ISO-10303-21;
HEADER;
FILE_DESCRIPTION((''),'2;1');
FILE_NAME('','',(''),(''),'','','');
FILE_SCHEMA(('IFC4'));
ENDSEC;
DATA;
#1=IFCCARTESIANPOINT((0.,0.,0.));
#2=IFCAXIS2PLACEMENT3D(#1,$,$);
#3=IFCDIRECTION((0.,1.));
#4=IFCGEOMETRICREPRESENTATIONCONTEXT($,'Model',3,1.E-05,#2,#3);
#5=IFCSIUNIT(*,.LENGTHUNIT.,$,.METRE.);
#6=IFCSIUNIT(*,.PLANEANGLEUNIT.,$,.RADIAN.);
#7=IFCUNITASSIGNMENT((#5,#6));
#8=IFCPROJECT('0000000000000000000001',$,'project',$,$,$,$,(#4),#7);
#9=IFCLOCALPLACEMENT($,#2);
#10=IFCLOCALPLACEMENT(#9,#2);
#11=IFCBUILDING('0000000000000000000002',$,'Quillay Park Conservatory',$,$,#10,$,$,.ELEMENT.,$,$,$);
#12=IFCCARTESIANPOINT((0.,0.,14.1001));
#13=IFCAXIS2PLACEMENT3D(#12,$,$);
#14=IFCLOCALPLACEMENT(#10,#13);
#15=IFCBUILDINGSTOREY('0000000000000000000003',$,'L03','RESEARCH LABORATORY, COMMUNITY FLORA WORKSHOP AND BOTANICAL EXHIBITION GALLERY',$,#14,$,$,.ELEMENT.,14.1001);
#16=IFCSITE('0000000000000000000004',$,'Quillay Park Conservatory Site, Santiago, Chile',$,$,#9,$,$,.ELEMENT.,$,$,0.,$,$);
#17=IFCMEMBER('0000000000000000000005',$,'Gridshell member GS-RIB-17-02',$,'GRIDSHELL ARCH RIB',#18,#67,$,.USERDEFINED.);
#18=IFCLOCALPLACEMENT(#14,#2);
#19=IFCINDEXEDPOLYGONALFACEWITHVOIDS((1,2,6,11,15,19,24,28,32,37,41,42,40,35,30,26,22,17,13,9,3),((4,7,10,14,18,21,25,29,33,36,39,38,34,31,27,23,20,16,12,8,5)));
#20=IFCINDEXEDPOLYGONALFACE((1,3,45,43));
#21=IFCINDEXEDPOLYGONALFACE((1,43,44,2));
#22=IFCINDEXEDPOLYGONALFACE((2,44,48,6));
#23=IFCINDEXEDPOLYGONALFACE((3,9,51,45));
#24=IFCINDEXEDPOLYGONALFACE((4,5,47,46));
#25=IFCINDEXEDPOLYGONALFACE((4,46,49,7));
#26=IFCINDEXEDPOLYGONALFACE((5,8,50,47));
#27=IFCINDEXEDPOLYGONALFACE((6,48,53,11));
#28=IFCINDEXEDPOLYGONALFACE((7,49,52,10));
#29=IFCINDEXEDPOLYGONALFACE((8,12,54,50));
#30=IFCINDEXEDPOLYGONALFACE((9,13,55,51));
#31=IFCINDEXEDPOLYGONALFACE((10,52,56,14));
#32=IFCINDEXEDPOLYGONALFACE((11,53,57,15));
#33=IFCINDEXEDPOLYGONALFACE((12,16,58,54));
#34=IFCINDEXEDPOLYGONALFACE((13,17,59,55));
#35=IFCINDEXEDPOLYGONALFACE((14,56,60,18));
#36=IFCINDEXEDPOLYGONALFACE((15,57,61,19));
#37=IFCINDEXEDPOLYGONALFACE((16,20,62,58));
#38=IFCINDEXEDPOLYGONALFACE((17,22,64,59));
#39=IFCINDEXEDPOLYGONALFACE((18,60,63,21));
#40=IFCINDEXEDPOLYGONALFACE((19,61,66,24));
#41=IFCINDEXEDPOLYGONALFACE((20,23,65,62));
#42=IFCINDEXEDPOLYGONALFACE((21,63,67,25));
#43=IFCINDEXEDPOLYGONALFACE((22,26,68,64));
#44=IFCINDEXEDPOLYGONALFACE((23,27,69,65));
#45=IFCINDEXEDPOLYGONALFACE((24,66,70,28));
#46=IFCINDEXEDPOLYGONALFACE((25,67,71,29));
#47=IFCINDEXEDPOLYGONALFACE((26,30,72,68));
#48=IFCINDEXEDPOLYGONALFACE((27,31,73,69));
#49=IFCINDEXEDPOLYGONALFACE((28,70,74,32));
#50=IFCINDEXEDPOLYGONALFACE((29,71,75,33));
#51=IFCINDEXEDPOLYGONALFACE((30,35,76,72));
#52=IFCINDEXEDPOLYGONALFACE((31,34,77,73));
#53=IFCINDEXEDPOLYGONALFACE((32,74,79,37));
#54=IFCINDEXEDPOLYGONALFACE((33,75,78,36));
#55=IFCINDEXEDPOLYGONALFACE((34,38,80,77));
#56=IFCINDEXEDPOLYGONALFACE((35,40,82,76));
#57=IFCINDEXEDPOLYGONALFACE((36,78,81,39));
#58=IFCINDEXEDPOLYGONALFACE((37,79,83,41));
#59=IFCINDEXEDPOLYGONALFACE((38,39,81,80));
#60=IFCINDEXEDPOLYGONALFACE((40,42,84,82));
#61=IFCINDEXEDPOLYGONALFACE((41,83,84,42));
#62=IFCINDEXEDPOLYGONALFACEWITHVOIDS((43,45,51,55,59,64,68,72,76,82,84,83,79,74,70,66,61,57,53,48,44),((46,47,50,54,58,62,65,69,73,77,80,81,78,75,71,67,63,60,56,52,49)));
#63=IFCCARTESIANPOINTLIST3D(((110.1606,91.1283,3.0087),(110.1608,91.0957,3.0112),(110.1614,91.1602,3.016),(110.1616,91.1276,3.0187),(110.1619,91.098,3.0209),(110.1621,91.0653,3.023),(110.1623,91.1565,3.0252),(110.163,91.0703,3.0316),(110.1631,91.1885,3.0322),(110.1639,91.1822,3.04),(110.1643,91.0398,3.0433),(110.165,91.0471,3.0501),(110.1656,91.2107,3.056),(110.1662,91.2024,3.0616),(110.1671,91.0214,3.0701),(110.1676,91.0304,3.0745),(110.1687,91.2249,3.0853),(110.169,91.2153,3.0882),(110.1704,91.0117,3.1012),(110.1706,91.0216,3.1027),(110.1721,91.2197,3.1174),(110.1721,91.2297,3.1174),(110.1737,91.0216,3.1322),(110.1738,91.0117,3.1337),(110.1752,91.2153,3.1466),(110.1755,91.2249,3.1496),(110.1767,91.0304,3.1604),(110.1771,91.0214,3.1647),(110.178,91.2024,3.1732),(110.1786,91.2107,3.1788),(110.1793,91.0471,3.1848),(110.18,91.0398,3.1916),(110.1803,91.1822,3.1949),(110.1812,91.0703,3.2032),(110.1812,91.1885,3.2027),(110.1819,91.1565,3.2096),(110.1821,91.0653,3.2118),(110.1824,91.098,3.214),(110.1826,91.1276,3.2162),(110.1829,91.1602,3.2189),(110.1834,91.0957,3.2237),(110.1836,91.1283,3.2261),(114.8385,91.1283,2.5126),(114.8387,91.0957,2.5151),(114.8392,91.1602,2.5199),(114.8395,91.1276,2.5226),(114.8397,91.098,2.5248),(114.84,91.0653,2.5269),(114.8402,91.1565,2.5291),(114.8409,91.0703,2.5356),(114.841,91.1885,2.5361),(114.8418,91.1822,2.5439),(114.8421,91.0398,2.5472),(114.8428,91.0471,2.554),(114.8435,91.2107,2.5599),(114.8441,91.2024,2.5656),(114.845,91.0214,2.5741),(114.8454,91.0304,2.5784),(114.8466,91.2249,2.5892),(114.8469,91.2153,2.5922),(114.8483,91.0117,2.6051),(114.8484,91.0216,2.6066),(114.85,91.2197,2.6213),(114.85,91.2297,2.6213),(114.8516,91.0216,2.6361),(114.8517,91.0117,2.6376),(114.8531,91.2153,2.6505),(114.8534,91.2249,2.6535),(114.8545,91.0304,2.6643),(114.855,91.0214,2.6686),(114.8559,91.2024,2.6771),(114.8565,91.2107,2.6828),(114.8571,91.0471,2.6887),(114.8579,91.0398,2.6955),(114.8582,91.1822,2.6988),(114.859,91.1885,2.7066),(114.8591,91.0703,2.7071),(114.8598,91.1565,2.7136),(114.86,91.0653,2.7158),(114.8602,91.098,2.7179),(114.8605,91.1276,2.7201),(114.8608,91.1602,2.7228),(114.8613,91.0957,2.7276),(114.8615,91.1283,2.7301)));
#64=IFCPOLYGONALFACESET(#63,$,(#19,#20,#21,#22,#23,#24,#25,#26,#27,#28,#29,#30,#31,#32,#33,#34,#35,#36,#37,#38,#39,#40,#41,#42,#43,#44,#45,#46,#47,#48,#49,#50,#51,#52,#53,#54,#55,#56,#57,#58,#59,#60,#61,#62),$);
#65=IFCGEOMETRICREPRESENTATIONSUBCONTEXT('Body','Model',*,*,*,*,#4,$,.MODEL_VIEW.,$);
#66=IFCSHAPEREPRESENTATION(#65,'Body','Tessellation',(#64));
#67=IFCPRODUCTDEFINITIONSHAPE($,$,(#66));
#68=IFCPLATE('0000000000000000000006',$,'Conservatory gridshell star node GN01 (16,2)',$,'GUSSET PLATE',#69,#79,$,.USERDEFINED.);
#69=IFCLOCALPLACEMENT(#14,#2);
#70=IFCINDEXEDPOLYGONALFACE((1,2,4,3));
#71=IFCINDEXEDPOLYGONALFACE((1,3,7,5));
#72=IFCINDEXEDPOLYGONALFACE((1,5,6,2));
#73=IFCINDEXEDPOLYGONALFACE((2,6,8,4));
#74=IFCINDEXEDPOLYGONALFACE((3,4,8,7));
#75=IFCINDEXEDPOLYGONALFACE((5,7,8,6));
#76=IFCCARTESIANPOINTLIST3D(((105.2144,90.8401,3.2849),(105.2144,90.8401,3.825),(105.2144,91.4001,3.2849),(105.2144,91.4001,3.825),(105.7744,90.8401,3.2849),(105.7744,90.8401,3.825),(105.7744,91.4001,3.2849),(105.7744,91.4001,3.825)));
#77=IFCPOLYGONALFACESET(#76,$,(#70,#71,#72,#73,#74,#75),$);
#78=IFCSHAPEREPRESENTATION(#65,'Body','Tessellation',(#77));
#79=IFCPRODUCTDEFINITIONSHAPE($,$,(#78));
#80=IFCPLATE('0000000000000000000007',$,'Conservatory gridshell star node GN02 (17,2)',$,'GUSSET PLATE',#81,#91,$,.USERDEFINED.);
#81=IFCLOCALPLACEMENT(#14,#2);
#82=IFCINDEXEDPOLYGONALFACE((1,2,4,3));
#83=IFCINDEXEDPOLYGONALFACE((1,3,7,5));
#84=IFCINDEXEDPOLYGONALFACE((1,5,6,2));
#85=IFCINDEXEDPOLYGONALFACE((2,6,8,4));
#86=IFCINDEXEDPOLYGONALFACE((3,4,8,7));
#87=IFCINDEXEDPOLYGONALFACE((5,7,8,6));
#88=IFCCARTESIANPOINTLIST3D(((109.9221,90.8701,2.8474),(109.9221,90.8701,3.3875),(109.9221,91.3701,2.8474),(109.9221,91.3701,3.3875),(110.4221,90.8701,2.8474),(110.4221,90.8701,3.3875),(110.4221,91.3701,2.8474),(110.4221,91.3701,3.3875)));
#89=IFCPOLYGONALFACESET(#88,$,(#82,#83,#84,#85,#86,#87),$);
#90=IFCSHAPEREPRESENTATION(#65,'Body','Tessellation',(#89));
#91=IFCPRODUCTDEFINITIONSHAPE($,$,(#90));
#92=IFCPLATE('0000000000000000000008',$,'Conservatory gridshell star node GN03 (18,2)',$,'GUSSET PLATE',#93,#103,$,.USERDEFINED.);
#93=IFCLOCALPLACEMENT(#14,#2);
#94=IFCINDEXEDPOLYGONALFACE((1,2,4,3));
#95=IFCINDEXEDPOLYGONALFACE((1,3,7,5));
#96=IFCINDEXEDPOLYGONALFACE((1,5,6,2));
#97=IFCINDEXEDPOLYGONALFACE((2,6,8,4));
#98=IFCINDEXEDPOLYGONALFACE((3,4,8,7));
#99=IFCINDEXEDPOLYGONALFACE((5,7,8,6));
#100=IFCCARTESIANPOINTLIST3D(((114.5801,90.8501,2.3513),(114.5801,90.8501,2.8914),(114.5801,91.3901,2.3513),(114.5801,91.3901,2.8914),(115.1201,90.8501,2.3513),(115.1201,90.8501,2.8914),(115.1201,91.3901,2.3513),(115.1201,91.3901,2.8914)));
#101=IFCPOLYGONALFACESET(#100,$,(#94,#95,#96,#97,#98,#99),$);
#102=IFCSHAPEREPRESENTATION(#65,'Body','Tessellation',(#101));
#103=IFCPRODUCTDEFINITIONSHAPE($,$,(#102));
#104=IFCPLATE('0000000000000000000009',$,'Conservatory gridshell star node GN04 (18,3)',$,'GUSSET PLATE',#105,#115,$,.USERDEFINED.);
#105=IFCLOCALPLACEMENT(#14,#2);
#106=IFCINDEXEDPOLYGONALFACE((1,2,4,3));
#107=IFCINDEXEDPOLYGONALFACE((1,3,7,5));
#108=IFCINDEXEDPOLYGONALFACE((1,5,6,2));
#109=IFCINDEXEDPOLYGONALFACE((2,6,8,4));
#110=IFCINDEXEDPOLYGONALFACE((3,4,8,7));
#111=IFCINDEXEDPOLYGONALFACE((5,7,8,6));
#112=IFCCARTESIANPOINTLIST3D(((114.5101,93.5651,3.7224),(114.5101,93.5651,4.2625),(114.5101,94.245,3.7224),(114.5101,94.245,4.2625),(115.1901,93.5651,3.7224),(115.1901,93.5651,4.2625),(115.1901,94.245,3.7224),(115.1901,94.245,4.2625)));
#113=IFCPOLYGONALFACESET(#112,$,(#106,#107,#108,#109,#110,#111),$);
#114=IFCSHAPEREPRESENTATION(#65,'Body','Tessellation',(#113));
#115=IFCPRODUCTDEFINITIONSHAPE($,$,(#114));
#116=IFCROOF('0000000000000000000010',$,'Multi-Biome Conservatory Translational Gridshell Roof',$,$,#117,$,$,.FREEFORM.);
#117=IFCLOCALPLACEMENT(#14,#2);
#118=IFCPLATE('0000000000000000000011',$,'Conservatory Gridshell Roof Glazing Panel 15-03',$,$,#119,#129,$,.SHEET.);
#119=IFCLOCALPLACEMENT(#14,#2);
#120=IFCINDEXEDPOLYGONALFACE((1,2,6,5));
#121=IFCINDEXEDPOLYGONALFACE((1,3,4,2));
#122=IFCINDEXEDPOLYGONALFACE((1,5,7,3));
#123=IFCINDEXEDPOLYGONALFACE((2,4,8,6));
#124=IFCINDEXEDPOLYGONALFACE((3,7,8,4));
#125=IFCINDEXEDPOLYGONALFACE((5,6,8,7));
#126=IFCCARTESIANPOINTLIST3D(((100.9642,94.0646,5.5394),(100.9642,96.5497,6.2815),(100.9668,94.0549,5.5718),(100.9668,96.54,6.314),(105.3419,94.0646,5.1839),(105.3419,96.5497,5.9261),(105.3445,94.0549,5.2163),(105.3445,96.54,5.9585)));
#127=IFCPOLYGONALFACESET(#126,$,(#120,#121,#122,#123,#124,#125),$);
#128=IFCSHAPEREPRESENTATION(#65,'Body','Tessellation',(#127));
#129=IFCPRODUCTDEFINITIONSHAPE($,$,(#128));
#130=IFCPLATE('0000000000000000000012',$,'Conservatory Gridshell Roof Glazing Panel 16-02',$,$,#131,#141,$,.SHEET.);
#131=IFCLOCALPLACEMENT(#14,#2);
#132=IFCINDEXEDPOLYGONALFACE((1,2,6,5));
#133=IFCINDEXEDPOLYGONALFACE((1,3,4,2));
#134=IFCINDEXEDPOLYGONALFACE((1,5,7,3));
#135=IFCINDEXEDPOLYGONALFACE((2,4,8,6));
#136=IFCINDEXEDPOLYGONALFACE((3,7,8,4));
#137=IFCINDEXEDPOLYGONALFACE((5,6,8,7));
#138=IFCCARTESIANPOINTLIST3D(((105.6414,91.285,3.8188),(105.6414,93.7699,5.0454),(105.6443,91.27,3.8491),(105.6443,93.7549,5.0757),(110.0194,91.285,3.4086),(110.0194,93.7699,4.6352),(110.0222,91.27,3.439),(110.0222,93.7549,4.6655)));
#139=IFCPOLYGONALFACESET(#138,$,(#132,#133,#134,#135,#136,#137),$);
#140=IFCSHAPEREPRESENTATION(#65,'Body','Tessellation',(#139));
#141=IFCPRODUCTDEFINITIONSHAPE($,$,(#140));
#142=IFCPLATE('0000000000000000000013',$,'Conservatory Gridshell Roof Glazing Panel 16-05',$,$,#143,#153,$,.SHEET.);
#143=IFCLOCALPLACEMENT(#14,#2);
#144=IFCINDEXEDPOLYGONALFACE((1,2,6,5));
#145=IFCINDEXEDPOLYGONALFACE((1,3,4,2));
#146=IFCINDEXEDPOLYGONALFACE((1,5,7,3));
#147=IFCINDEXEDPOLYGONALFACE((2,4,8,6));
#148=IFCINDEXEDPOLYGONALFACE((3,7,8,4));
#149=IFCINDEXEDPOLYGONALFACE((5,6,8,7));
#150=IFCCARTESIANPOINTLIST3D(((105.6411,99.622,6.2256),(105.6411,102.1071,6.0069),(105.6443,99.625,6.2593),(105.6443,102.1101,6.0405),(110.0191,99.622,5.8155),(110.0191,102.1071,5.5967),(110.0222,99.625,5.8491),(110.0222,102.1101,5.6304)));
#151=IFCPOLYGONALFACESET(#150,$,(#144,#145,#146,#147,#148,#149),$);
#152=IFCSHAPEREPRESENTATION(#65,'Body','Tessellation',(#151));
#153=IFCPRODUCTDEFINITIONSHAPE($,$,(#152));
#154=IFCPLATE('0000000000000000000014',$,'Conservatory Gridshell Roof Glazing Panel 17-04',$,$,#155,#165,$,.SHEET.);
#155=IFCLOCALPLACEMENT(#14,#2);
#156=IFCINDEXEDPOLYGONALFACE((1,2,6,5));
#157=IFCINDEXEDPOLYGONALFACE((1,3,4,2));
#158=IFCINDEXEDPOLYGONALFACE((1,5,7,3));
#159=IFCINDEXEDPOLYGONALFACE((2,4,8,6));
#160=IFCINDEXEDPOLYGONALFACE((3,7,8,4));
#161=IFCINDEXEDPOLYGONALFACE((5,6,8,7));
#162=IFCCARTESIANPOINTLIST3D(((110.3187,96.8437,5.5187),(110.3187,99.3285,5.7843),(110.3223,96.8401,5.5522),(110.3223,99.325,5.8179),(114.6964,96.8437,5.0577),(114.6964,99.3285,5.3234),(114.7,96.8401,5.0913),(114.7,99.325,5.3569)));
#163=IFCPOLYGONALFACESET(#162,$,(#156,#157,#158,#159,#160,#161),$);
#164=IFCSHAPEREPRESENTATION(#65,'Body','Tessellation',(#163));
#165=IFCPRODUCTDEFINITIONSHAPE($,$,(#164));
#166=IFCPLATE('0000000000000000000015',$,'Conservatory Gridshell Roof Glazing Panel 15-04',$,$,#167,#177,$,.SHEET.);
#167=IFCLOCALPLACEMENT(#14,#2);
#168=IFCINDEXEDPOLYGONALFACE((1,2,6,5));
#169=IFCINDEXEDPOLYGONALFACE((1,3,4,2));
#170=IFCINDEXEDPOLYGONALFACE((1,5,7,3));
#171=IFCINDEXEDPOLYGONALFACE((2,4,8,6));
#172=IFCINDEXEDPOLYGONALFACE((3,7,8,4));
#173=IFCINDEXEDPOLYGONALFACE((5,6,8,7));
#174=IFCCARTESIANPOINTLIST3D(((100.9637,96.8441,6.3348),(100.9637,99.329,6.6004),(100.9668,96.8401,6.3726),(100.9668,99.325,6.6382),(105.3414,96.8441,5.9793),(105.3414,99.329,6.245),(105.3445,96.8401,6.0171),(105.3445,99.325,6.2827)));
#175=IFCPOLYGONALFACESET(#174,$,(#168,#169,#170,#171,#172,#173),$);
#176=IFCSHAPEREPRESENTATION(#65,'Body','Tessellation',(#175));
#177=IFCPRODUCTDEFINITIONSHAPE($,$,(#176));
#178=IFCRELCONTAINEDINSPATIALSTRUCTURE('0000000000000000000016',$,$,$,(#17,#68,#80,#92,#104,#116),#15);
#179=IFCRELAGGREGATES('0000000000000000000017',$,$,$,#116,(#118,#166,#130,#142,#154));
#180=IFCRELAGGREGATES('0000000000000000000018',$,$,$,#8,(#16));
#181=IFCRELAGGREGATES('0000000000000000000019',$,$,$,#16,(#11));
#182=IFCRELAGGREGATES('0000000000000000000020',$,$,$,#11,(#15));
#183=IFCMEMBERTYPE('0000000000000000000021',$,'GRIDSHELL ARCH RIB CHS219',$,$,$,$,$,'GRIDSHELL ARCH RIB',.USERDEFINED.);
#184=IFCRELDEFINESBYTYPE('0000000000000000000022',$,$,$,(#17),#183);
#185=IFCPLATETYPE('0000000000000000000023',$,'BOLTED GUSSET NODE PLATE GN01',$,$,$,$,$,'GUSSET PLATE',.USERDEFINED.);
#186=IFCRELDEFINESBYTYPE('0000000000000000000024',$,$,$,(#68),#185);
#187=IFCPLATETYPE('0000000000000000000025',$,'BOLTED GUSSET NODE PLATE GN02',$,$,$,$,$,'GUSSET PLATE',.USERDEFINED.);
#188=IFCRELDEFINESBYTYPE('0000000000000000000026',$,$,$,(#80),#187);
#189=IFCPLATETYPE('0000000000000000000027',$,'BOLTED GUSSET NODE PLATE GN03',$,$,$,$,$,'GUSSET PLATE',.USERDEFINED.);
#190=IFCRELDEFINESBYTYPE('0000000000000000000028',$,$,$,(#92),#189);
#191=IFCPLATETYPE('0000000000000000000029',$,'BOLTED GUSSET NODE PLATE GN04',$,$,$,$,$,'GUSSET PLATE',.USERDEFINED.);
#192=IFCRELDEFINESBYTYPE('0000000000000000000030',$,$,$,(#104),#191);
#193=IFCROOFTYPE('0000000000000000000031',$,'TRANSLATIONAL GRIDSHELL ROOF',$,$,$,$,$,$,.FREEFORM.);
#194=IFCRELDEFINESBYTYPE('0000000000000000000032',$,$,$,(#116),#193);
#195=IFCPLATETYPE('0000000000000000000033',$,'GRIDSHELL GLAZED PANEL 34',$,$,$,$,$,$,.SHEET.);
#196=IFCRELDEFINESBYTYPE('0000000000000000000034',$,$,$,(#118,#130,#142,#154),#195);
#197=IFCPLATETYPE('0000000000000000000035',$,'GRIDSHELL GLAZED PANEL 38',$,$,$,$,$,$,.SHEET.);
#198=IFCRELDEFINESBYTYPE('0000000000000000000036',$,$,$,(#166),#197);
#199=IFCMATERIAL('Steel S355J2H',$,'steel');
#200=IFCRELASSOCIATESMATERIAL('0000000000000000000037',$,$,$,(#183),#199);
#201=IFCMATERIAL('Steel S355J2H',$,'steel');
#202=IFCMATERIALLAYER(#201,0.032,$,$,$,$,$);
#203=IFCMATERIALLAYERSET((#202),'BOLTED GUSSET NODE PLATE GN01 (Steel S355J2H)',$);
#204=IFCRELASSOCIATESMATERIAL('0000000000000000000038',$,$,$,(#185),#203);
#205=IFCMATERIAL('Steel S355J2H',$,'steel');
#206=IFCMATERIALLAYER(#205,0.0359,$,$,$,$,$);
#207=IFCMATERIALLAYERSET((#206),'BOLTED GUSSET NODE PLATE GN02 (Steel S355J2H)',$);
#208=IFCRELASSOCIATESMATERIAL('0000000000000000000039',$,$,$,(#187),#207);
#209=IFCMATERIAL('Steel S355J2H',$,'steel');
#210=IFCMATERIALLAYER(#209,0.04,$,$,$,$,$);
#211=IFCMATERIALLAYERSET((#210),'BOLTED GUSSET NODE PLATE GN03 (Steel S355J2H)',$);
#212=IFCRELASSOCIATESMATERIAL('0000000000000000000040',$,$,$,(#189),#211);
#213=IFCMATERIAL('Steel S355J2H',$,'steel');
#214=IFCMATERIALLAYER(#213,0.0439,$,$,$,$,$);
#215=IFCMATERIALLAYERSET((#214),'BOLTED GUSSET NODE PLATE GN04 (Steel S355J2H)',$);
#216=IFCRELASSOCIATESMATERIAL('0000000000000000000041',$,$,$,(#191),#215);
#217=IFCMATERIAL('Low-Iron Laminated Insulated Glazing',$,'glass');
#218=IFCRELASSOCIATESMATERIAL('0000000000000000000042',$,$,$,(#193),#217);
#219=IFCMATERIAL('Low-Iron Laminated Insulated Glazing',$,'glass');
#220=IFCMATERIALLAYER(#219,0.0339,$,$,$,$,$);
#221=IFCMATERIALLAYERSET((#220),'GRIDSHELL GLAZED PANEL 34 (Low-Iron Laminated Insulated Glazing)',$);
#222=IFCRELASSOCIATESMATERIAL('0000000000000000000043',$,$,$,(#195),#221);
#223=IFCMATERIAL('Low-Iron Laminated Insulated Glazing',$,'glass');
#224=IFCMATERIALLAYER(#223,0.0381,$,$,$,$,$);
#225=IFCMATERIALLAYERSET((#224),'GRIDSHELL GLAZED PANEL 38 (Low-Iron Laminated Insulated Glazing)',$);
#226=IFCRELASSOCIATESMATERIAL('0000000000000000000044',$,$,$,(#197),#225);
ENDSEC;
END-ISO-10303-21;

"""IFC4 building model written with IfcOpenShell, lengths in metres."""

from ifc_helpers import new_model, si_unit, direction, frame, origin, origin_2d, place, context, subcontext, project, spatial, polyline, rectangle, hollow_circle, outline, extrude, material, layer, layer_set, material_profile, profile_set, type_object, element, aggregate, save


model = new_model("IFC4")

# Units and contexts
model_context = context("Model", 3, precision=1e-05, world=origin(), true_north=direction((0.0, 1.0)))
body_context = subcontext(model_context, "Body", "Model", "MODEL_VIEW")
ifc_project = project(units=[si_unit("LENGTHUNIT", "METRE"), si_unit("PLANEANGLEUNIT", "RADIAN")], contexts=[model_context])

# Site, building, storey
site_placement = place(None, origin())
site = spatial("IfcSite", under=ifc_project, at=site_placement, Name="Quillay Park Conservatory Site, Santiago, Chile", CompositionType="ELEMENT", RefElevation=0.0)
building_placement = place(site_placement, origin())
building = spatial("IfcBuilding", under=site, at=building_placement, Name="Quillay Park Conservatory", CompositionType="ELEMENT")
storey_placement = place(building_placement, frame((0.0, 0.0, 14.1001)))
storey = spatial("IfcBuildingStorey", under=building, at=storey_placement, Name="L03", Description="RESEARCH LABORATORY, COMMUNITY FLORA WORKSHOP AND BOTANICAL EXHIBITION GALLERY", CompositionType="ELEMENT", Elevation=14.1001)

# Member
ifc_material_1 = material(Name="Steel S355J2H", Category="steel")
ifc_material_profile_1 = material_profile(ifc_material_1, hollow_circle(Radius=0.1096, WallThickness=0.01, at=origin_2d()), Name="CHS219.1x10")
ifc_profile_set_1 = profile_set([ifc_material_profile_1], Name="Steel S355J2H")
member_type = type_object("IfcMemberType", Name="GRIDSHELL ARCH RIB CHS219", ElementType="GRIDSHELL ARCH RIB", PredefinedType="USERDEFINED", material=ifc_profile_set_1)
member_1_placement = place(storey_placement, frame((110.1721, 91.1201, 3.1174), z_axis=(0.994424, 0.0, -0.105457), x_axis=(0.0, 1.0, 0.0)))
element("IfcMember", 1, at=member_1_placement, inside=storey, type_object=member_type, Name="Gridshell member GS-RIB-17-02", ObjectType="GRIDSHELL ARCH RIB", PredefinedType="USERDEFINED", context=body_context, shape_type="SweptSolid", body=[
    extrude(hollow_circle(Radius=0.1096, WallThickness=0.01, at=origin_2d()), origin(), (0.0, 0.0, 1.0), 4.7041),
])

# Plates
ifc_material_2 = material(Name="Steel S355J2H", Category="steel")
ifc_layer_1 = layer(ifc_material_2, 0.032)
ifc_layer_set_1 = layer_set([ifc_layer_1], Name="BOLTED GUSSET NODE PLATE GN01 (Steel S355J2H)")
plate_type_1 = type_object("IfcPlateType", Name="BOLTED GUSSET NODE PLATE GN01", ElementType="GUSSET PLATE", PredefinedType="USERDEFINED", material=ifc_layer_set_1)
plate_1_placement = place(storey_placement, frame((105.4944, 91.1201, 3.2849), z_axis=(0.0, 0.0, 1.0), x_axis=(1.0, 0.0, 0.0)))
element("IfcPlate", 2, at=plate_1_placement, inside=storey, type_object=plate_type_1, Name="Conservatory gridshell star node GN01 (16,2)", ObjectType="GUSSET PLATE", PredefinedType="USERDEFINED", context=body_context, shape_type="SweptSolid", body=[
    extrude(rectangle(XDim=0.5601, YDim=0.5601, at=origin_2d()), origin(), (0.0, 0.0, 1.0), 0.54),
])
ifc_material_3 = material(Name="Steel S355J2H", Category="steel")
ifc_layer_2 = layer(ifc_material_3, 0.0359)
ifc_layer_set_2 = layer_set([ifc_layer_2], Name="BOLTED GUSSET NODE PLATE GN02 (Steel S355J2H)")
plate_type_2 = type_object("IfcPlateType", Name="BOLTED GUSSET NODE PLATE GN02", ElementType="GUSSET PLATE", PredefinedType="USERDEFINED", material=ifc_layer_set_2)
plate_2_placement = place(storey_placement, frame((110.1721, 91.1201, 2.8474), z_axis=(0.0, 0.0, 1.0), x_axis=(1.0, 0.0, 0.0)))
element("IfcPlate", 3, at=plate_2_placement, inside=storey, type_object=plate_type_2, Name="Conservatory gridshell star node GN02 (17,2)", ObjectType="GUSSET PLATE", PredefinedType="USERDEFINED", context=body_context, shape_type="SweptSolid", body=[
    extrude(rectangle(XDim=0.5, YDim=0.5, at=origin_2d()), origin(), (0.0, 0.0, 1.0), 0.54),
])
ifc_material_4 = material(Name="Steel S355J2H", Category="steel")
ifc_layer_3 = layer(ifc_material_4, 0.04)
ifc_layer_set_3 = layer_set([ifc_layer_3], Name="BOLTED GUSSET NODE PLATE GN03 (Steel S355J2H)")
plate_type_3 = type_object("IfcPlateType", Name="BOLTED GUSSET NODE PLATE GN03", ElementType="GUSSET PLATE", PredefinedType="USERDEFINED", material=ifc_layer_set_3)
plate_3_placement = place(storey_placement, frame((114.8501, 91.1201, 2.3513), z_axis=(0.0, 0.0, 1.0), x_axis=(1.0, 0.0, 0.0)))
element("IfcPlate", 4, at=plate_3_placement, inside=storey, type_object=plate_type_3, Name="Conservatory gridshell star node GN03 (18,2)", ObjectType="GUSSET PLATE", PredefinedType="USERDEFINED", context=body_context, shape_type="SweptSolid", body=[
    extrude(rectangle(XDim=0.54, YDim=0.54, at=origin_2d()), origin(), (0.0, 0.0, 1.0), 0.54),
])
ifc_material_5 = material(Name="Steel S355J2H", Category="steel")
ifc_layer_4 = layer(ifc_material_5, 0.0439)
ifc_layer_set_4 = layer_set([ifc_layer_4], Name="BOLTED GUSSET NODE PLATE GN04 (Steel S355J2H)")
plate_type_4 = type_object("IfcPlateType", Name="BOLTED GUSSET NODE PLATE GN04", ElementType="GUSSET PLATE", PredefinedType="USERDEFINED", material=ifc_layer_set_4)
plate_4_placement = place(storey_placement, frame((114.8501, 93.905, 3.7224), z_axis=(0.0, 0.0, 1.0), x_axis=(1.0, 0.0, 0.0)))
element("IfcPlate", 5, at=plate_4_placement, inside=storey, type_object=plate_type_4, Name="Conservatory gridshell star node GN04 (18,3)", ObjectType="GUSSET PLATE", PredefinedType="USERDEFINED", context=body_context, shape_type="SweptSolid", body=[
    extrude(rectangle(XDim=0.6799, YDim=0.6799, at=origin_2d()), origin(), (0.0, 0.0, 1.0), 0.54),
])

# Roof, plates
ifc_material_6 = material(Name="Low-Iron Laminated Insulated Glazing", Category="glass")
roof_type = type_object("IfcRoofType", Name="TRANSLATIONAL GRIDSHELL ROOF", PredefinedType="FREEFORM", material=ifc_material_6)
roof_placement = place(storey_placement, origin())
roof = element("IfcRoof", 6, at=roof_placement, inside=storey, type_object=roof_type, Name="Multi-Biome Conservatory Translational Gridshell Roof", PredefinedType="FREEFORM")
ifc_material_7 = material(Name="Low-Iron Laminated Insulated Glazing", Category="glass")
ifc_layer_5 = layer(ifc_material_7, 0.0339)
ifc_layer_set_5 = layer_set([ifc_layer_5], Name="GRIDSHELL GLAZED PANEL 34 (Low-Iron Laminated Insulated Glazing)")
plate_type_5 = type_object("IfcPlateType", Name="GRIDSHELL GLAZED PANEL 34", PredefinedType="SHEET", material=ifc_layer_set_5)
plate_5_placement = place(storey_placement, frame((100.9668, 94.0549, 5.5718), z_axis=(0.07757, -0.285302, 0.955293), x_axis=(0.996719, 0.0, -0.080934)))
plate_5 = element("IfcPlate", 7, at=plate_5_placement, type_object=plate_type_5, Name="Conservatory Gridshell Roof Glazing Panel 15-03", PredefinedType="SHEET", context=body_context, shape_type="SweptSolid", body=[
    extrude(outline(polyline([(0.0, 0.0), (4.3921, 0.0), (4.332, 2.5929), (-0.0601, 2.5929), (0.0, 0.0)])), origin(), (0.0, 0.0, -1.0), 0.0339),
])
plate_6_placement = place(storey_placement, frame((105.6443, 91.27, 3.8491), z_axis=(0.083715, -0.441073, 0.893558), x_axis=(0.99564, 0.0, -0.093279)))
plate_6 = element("IfcPlate", 8, at=plate_6_placement, type_object=plate_type_5, Name="Conservatory Gridshell Roof Glazing Panel 16-02", PredefinedType="SHEET", context=body_context, shape_type="SweptSolid", body=[
    extrude(outline(polyline([(0.0, 0.0), (4.3971, 0.0), (4.2827, 2.7687), (-0.1144, 2.7687), (0.0, 0.0)])), origin(), (0.0, 0.0, -1.0), 0.0339),
])
plate_7_placement = place(storey_placement, frame((105.6443, 99.625, 6.2593), z_axis=(0.092923, 0.087306, 0.991838), x_axis=(0.99564, 0.0, -0.093279)))
plate_7 = element("IfcPlate", 9, at=plate_7_placement, type_object=plate_type_5, Name="Conservatory Gridshell Roof Glazing Panel 16-05", PredefinedType="SHEET", context=body_context, shape_type="SweptSolid", body=[
    extrude(outline(polyline([(0.0, 0.0), (4.3971, 0.0), (4.4175, 2.4946), (0.0204, 2.4946), (0.0, 0.0)])), origin(), (0.0, 0.0, -1.0), 0.0339),
])
plate_8_placement = place(storey_placement, frame((110.3223, 96.8401, 5.5522), z_axis=(0.104127, -0.105714, 0.98893), x_axis=(0.994502, 0.0, -0.104714)))
plate_8 = element("IfcPlate", 10, at=plate_8_placement, type_object=plate_type_5, Name="Conservatory Gridshell Roof Glazing Panel 17-04", PredefinedType="SHEET", context=body_context, shape_type="SweptSolid", body=[
    extrude(outline(polyline([(0.0, 0.0), (4.4019, 0.0), (4.3741, 2.4989), (-0.0278, 2.4989), (0.0, 0.0)])), origin(), (0.0, 0.0, -1.0), 0.0339),
])
ifc_material_8 = material(Name="Low-Iron Laminated Insulated Glazing", Category="glass")
ifc_layer_6 = layer(ifc_material_8, 0.0381)
ifc_layer_set_6 = layer_set([ifc_layer_6], Name="GRIDSHELL GLAZED PANEL 38 (Low-Iron Laminated Insulated Glazing)")
plate_type_6 = type_object("IfcPlateType", Name="GRIDSHELL GLAZED PANEL 38", PredefinedType="SHEET", material=ifc_layer_set_6)
plate_9_placement = place(storey_placement, frame((100.9668, 96.8401, 6.3726), z_axis=(0.080478, -0.105947, 0.99111), x_axis=(0.996719, 0.0, -0.080934)))
plate_9 = element("IfcPlate", 11, at=plate_9_placement, type_object=plate_type_6, Name="Conservatory Gridshell Roof Glazing Panel 15-04", PredefinedType="SHEET", context=body_context, shape_type="SweptSolid", body=[
    extrude(outline(polyline([(0.0, 0.0), (4.3921, 0.0), (4.3706, 2.4989), (-0.0215, 2.4989), (0.0, 0.0)])), origin(), (0.0, 0.0, -1.0), 0.0381),
])
aggregate(roof, [plate_5, plate_9, plate_6, plate_7, plate_8])

save(model, "model.ifc")
